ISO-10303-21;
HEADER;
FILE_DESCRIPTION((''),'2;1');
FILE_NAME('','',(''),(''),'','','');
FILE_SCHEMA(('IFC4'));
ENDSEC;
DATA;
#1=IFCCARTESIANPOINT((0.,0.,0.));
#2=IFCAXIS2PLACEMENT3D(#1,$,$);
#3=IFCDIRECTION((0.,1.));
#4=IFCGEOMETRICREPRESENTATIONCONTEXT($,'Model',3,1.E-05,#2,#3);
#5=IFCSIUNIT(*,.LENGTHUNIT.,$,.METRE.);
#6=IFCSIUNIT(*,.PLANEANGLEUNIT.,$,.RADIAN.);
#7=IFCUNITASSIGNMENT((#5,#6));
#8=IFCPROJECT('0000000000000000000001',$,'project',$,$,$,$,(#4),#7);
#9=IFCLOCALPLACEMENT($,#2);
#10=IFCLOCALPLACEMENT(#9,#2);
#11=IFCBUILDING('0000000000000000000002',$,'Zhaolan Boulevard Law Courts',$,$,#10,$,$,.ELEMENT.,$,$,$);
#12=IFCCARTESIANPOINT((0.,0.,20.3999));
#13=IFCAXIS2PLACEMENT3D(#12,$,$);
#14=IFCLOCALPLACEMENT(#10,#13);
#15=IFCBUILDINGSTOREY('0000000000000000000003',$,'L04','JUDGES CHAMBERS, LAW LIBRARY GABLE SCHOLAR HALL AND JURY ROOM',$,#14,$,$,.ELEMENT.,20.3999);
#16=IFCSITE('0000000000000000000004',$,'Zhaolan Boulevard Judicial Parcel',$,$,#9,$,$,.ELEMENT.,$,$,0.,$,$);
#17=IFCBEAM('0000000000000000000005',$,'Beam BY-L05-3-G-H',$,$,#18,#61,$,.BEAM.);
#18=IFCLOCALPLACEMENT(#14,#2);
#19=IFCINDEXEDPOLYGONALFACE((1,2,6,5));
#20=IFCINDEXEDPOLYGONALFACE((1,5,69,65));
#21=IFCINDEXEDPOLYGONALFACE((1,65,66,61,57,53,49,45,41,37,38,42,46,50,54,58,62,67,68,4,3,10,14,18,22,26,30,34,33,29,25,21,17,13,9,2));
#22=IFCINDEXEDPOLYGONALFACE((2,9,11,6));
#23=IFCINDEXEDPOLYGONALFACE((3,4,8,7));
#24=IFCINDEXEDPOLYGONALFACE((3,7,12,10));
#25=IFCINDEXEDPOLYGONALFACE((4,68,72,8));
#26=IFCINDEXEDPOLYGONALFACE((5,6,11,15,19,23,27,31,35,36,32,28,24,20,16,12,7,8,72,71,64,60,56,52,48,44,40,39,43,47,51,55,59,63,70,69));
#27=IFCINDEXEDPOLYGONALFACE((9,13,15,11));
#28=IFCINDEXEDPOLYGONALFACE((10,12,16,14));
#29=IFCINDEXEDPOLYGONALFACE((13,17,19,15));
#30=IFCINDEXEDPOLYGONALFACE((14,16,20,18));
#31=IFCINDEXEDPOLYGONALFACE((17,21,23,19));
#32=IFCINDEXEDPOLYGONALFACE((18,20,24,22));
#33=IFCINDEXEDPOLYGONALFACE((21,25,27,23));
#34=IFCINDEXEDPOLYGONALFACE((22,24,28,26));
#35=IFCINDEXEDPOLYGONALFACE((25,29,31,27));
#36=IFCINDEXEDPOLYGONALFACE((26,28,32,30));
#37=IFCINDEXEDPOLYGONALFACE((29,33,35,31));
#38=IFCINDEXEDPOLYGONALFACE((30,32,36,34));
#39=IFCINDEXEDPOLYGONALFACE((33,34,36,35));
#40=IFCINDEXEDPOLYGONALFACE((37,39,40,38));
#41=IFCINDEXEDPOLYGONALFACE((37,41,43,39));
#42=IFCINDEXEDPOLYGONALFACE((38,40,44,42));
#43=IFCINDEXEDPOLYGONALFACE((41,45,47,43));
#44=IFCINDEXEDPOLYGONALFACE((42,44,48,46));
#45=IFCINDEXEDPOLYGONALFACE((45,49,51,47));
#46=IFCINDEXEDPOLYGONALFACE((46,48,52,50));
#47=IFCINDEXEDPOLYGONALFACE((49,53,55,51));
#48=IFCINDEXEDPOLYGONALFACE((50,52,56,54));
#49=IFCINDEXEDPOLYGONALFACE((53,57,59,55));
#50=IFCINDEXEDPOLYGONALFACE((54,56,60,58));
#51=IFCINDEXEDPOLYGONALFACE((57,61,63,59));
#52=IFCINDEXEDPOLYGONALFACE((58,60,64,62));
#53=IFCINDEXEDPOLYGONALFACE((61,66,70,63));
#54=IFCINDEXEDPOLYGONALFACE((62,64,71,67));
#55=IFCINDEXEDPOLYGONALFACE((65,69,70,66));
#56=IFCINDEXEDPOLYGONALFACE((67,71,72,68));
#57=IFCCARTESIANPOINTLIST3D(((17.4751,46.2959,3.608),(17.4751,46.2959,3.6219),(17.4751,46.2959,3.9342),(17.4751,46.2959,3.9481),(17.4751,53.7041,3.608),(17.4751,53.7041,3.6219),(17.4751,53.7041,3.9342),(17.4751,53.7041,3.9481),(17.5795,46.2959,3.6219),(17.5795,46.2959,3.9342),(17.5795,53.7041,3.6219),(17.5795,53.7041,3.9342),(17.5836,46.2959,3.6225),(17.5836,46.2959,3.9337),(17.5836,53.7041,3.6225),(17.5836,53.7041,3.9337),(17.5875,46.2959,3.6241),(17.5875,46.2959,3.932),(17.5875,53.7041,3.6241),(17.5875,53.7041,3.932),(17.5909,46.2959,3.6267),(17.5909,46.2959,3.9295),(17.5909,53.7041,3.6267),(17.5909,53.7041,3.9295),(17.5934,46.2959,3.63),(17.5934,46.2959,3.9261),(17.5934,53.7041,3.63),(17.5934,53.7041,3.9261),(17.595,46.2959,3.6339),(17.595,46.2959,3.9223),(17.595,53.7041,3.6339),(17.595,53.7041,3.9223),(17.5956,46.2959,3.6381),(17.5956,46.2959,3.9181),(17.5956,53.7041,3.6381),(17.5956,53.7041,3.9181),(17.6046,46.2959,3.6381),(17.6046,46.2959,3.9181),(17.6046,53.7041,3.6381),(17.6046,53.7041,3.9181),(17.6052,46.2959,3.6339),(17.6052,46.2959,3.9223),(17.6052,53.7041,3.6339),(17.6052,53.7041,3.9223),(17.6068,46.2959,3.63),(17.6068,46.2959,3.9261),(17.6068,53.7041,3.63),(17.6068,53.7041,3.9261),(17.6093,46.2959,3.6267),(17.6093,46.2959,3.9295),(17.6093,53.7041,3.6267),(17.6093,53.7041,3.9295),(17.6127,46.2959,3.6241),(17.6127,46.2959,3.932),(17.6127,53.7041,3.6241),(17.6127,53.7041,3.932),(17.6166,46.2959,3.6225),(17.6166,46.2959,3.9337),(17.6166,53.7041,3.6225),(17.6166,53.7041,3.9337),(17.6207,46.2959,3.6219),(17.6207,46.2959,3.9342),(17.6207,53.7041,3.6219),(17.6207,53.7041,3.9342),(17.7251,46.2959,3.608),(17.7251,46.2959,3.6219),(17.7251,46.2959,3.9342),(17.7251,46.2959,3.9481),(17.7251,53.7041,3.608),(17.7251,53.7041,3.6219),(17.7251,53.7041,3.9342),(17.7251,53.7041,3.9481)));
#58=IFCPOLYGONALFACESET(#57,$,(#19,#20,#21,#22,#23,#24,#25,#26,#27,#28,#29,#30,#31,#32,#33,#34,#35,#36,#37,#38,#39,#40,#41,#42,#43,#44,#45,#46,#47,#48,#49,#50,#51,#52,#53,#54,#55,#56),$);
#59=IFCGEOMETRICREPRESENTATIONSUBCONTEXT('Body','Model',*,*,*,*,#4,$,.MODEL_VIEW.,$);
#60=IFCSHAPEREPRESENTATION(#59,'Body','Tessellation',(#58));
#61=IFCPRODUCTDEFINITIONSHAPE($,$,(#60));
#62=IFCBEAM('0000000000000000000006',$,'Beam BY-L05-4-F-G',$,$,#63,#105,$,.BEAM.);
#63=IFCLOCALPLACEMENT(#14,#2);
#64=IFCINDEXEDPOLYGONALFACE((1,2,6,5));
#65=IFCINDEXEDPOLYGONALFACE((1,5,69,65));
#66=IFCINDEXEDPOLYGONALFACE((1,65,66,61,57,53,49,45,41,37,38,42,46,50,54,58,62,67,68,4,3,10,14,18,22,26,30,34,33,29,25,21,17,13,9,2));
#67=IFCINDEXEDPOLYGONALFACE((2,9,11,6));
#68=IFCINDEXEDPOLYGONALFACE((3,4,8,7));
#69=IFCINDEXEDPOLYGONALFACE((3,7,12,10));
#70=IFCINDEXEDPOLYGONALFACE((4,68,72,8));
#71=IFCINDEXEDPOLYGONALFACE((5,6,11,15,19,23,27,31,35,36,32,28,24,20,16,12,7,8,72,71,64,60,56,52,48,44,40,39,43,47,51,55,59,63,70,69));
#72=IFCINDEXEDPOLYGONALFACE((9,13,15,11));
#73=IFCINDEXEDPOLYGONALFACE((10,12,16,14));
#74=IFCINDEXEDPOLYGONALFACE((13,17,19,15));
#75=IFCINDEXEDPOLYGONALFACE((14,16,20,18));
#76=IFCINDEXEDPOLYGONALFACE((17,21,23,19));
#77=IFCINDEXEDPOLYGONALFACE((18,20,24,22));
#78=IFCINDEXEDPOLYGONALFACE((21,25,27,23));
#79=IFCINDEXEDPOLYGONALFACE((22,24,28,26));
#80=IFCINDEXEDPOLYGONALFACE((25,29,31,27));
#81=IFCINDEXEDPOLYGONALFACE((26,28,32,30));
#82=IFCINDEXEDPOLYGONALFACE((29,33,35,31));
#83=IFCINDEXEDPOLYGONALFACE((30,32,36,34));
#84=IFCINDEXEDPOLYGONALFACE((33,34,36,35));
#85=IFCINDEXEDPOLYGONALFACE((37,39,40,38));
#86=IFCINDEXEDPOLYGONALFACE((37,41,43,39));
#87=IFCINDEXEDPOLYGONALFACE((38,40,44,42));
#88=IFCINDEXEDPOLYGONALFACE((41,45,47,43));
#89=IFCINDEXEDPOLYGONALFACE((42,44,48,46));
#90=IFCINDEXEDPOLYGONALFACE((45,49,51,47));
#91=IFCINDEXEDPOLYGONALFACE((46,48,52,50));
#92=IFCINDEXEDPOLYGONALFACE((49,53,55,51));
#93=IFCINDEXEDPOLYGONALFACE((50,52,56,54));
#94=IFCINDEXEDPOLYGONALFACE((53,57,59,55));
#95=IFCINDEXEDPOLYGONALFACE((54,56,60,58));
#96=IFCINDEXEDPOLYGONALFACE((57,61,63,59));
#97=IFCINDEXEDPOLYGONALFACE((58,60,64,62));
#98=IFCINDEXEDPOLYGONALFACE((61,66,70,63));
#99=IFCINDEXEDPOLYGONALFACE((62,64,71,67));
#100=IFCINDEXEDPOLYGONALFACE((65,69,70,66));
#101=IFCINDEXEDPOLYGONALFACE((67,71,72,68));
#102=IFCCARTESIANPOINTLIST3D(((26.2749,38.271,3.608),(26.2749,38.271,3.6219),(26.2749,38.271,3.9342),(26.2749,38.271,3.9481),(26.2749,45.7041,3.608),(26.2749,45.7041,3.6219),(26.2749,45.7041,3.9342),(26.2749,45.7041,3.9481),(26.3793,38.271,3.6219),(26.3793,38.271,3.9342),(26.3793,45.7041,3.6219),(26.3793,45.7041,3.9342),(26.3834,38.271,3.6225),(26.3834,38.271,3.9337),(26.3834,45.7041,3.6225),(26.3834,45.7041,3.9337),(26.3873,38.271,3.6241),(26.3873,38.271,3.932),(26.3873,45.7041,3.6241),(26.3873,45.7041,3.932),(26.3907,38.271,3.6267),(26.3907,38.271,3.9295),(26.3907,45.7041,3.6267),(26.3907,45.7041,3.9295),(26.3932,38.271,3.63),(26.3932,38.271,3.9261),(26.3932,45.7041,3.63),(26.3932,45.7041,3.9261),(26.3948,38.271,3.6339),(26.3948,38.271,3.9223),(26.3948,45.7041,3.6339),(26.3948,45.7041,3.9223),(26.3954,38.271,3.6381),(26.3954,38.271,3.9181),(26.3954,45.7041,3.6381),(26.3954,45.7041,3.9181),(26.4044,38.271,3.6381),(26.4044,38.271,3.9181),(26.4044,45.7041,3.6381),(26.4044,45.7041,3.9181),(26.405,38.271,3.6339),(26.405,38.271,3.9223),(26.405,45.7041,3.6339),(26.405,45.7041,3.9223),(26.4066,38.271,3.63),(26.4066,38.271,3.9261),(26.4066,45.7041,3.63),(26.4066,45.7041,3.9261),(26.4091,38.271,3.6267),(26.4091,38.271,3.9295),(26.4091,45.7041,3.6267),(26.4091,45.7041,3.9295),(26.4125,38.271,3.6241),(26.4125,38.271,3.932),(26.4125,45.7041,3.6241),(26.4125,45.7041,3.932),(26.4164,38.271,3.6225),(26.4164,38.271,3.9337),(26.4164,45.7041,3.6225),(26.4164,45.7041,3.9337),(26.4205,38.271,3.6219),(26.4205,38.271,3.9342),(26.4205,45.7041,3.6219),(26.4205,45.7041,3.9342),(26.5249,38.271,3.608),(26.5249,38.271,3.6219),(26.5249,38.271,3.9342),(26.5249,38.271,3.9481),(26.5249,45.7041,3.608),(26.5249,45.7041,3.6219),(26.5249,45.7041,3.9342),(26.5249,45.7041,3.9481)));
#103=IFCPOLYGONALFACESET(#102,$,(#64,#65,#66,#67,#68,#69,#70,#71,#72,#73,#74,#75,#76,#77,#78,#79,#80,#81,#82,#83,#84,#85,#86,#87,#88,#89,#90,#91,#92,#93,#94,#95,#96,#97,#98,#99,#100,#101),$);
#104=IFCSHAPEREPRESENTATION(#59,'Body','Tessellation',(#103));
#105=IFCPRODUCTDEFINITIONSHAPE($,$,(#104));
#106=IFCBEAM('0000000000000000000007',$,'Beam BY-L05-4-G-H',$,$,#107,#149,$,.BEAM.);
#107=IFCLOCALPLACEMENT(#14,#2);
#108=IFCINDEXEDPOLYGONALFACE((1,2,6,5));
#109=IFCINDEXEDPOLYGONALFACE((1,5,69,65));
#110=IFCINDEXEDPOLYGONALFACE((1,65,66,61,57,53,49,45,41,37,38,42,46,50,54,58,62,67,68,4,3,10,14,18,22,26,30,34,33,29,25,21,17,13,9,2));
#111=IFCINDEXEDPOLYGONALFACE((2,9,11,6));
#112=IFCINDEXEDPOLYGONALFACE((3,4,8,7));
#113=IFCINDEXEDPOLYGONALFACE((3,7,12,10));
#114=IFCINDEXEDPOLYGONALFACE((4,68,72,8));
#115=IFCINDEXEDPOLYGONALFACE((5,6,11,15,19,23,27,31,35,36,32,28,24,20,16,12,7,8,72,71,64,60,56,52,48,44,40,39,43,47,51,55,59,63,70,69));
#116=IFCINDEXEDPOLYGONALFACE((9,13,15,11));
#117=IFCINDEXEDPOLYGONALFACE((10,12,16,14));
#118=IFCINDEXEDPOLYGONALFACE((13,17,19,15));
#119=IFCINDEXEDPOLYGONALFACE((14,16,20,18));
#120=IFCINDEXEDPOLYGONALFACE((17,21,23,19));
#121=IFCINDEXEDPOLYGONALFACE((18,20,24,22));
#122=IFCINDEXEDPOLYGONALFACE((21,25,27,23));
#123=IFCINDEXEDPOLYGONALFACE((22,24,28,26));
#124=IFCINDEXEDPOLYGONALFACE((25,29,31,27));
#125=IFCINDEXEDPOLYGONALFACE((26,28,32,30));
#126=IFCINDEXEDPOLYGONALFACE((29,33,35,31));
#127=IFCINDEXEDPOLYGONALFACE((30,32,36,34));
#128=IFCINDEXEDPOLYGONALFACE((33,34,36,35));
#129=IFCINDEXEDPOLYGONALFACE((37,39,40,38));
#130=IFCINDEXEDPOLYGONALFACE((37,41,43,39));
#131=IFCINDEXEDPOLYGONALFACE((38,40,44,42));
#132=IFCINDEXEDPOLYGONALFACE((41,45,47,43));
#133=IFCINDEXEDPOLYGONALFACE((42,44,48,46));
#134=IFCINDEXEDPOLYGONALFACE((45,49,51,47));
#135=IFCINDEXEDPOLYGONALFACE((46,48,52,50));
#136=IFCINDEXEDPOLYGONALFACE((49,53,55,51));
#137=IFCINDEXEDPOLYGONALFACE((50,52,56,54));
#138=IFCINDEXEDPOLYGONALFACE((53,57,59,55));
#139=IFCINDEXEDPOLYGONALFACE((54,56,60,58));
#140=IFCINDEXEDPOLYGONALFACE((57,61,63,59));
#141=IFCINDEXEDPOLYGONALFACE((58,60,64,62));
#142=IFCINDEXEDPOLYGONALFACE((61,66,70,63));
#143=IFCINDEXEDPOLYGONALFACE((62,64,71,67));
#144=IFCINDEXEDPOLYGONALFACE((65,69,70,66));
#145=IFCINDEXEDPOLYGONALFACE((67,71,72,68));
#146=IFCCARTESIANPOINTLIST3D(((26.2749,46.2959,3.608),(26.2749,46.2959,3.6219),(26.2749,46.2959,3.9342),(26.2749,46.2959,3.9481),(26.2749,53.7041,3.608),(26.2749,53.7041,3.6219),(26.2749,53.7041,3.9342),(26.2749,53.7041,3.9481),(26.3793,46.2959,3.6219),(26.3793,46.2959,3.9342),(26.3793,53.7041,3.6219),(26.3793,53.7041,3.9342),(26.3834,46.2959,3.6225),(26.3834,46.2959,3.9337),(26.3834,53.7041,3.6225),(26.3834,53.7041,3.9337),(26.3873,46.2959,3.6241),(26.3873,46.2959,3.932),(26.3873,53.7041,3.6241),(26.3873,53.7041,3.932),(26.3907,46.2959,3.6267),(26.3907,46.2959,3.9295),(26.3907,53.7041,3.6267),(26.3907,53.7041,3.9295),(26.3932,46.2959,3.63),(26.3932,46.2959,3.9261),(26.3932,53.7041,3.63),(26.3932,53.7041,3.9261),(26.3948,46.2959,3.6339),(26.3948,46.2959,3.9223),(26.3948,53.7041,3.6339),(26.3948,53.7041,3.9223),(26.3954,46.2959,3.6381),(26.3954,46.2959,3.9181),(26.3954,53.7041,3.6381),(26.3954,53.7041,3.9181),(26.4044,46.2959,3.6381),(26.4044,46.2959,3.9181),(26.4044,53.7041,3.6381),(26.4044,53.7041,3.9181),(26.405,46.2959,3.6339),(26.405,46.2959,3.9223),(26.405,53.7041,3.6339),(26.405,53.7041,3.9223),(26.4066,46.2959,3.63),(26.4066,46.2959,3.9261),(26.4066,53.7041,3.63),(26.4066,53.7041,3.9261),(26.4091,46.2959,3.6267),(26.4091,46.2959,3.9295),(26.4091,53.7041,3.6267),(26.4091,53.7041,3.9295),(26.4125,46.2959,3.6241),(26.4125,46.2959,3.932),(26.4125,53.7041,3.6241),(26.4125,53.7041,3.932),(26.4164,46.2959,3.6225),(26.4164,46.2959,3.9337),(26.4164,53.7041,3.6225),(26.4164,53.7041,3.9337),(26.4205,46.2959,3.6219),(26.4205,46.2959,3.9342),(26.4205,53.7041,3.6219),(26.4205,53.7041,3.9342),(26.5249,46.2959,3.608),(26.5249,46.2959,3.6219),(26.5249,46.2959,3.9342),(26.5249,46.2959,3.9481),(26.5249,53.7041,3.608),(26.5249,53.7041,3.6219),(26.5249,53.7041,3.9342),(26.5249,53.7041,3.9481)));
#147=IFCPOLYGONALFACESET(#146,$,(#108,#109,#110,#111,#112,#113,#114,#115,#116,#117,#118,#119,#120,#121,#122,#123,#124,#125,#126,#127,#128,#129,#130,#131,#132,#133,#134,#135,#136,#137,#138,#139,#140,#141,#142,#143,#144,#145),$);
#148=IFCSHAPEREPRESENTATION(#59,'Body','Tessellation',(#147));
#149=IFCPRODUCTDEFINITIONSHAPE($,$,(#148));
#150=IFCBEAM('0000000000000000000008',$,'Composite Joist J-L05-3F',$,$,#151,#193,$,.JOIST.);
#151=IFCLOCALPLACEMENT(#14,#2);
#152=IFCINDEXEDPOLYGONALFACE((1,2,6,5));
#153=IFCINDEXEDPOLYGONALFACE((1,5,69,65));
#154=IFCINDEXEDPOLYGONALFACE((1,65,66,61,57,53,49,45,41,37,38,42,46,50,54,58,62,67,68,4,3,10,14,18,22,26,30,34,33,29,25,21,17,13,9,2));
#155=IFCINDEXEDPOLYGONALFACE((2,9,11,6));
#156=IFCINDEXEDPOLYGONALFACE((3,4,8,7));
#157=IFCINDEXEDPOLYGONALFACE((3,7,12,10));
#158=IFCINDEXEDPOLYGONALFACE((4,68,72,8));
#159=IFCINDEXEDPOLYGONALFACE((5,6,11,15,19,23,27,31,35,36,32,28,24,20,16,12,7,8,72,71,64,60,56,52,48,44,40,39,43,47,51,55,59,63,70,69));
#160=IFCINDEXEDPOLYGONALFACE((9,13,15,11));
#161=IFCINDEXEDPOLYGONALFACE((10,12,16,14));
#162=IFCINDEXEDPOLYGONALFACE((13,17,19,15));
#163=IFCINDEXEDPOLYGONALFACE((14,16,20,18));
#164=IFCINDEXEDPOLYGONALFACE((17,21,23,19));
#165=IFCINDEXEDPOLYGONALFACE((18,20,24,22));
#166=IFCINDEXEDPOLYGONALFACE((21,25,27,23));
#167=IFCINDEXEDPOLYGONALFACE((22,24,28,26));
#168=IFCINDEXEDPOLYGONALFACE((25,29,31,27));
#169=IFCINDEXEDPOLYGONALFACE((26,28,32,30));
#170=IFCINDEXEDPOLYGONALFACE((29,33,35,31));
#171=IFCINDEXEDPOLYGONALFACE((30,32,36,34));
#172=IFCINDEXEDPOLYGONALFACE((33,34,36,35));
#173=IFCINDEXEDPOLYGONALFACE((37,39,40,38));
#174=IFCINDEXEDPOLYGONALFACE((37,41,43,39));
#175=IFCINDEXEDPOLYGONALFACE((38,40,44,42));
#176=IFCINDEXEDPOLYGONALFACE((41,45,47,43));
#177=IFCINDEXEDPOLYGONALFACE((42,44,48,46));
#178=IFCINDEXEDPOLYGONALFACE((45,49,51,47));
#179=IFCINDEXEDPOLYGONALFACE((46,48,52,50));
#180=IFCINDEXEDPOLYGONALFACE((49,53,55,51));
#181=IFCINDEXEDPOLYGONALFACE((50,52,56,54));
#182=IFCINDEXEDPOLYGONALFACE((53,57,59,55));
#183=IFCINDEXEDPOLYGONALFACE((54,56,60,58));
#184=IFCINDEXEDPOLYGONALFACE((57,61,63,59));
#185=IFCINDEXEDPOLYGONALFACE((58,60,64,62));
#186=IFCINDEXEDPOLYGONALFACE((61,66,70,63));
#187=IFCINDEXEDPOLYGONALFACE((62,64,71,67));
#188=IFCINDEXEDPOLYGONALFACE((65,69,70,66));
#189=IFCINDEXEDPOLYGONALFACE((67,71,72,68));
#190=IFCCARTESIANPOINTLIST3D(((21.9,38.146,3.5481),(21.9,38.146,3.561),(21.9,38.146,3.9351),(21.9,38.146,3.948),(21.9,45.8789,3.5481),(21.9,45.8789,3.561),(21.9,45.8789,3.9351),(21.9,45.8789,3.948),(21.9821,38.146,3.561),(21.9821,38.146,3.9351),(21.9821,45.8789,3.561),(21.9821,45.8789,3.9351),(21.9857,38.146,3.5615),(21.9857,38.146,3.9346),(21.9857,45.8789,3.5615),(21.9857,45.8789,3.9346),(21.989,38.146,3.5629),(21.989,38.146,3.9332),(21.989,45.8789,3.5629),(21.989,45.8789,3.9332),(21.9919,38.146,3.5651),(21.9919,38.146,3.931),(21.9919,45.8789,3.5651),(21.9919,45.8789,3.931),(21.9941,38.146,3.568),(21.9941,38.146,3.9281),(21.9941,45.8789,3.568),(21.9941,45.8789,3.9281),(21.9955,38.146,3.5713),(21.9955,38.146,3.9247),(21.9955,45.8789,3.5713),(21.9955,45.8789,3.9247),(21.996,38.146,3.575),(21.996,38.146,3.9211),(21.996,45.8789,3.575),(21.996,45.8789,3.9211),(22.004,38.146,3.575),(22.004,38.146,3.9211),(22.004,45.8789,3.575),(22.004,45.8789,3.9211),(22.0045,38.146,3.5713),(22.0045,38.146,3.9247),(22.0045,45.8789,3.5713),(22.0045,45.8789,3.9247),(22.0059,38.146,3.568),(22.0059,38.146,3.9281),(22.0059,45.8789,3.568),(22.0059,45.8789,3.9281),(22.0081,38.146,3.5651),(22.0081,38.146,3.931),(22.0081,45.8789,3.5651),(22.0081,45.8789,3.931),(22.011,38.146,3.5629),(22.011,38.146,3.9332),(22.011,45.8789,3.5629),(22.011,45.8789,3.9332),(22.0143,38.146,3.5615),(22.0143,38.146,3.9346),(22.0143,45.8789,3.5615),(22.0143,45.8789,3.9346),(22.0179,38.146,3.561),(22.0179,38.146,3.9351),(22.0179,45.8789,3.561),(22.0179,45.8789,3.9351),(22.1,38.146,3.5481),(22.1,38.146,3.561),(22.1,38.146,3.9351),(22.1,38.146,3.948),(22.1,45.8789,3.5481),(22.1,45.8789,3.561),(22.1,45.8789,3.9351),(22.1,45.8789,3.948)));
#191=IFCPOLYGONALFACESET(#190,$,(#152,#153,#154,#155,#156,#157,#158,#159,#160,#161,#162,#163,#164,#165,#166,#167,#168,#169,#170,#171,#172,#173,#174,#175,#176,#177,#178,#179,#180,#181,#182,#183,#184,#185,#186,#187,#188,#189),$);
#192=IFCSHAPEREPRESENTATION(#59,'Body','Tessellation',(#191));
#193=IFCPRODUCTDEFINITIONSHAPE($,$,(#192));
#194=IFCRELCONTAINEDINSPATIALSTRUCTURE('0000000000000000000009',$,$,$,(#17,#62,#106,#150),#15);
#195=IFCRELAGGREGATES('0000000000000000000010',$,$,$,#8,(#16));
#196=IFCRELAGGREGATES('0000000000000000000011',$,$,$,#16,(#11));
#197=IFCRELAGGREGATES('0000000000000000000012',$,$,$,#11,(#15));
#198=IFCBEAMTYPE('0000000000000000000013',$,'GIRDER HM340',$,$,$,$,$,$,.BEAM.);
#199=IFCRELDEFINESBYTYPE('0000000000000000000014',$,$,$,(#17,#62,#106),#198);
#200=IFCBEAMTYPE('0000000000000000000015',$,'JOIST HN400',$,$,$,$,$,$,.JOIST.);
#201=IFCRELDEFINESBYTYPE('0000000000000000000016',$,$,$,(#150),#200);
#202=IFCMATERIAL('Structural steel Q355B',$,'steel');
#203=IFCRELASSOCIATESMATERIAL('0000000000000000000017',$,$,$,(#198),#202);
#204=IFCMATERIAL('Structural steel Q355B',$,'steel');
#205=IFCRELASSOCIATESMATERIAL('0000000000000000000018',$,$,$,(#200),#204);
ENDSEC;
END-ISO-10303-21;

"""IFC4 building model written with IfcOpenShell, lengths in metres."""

from ifc_helpers import new_model, si_unit, direction, frame, origin, origin_2d, place, context, subcontext, project, spatial, i_section, extrude, material, material_profile, profile_set, type_object, element, save


model = new_model("IFC4")

# Units and contexts
model_context = context("Model", 3, precision=1e-05, world=origin(), true_north=direction((0.0, 1.0)))
body_context = subcontext(model_context, "Body", "Model", "MODEL_VIEW")
ifc_project = project(units=[si_unit("LENGTHUNIT", "METRE"), si_unit("PLANEANGLEUNIT", "RADIAN")], contexts=[model_context])

# Site, building, storey
site_placement = place(None, origin())
site = spatial("IfcSite", under=ifc_project, at=site_placement, Name="Zhaolan Boulevard Judicial Parcel", CompositionType="ELEMENT", RefElevation=0.0)
building_placement = place(site_placement, origin())
building = spatial("IfcBuilding", under=site, at=building_placement, Name="Zhaolan Boulevard Law Courts", CompositionType="ELEMENT")
storey_placement = place(building_placement, frame((0.0, 0.0, 20.3999)))
storey = spatial("IfcBuildingStorey", under=building, at=storey_placement, Name="L04", Description="JUDGES CHAMBERS, LAW LIBRARY GABLE SCHOLAR HALL AND JURY ROOM", CompositionType="ELEMENT", Elevation=20.3999)

# Beams
ifc_material_1 = material(Name="Structural steel Q355B", Category="steel")
ifc_material_profile_1 = material_profile(ifc_material_1, i_section(OverallWidth=0.25, OverallDepth=0.3401, WebThickness=0.009, FlangeThickness=0.0139, FilletRadius=0.0161, at=origin_2d()), Name="HM340x250")
ifc_profile_set_1 = profile_set([ifc_material_profile_1], Name="Structural steel Q355B")
beam_type_1 = type_object("IfcBeamType", Name="GIRDER HM340", PredefinedType="BEAM", material=ifc_profile_set_1)
beam_1_placement = place(storey_placement, frame((17.6001, 46.2959, 3.7781), z_axis=(0.0, 1.0, 0.0), x_axis=(-1.0, 0.0, 0.0)))
element("IfcBeam", 1, at=beam_1_placement, inside=storey, type_object=beam_type_1, Name="Beam BY-L05-3-G-H", PredefinedType="BEAM", context=body_context, shape_type="SweptSolid", body=[
    extrude(i_section(OverallWidth=0.25, OverallDepth=0.3401, WebThickness=0.009, FlangeThickness=0.0139, FilletRadius=0.0161, at=origin_2d()), origin(), (0.0, 0.0, 1.0), 7.4082),
])
beam_2_placement = place(storey_placement, frame((26.3999, 38.271, 3.7781), z_axis=(0.0, 1.0, 0.0), x_axis=(-1.0, 0.0, 0.0)))
element("IfcBeam", 2, at=beam_2_placement, inside=storey, type_object=beam_type_1, Name="Beam BY-L05-4-F-G", PredefinedType="BEAM", context=body_context, shape_type="SweptSolid", body=[
    extrude(i_section(OverallWidth=0.25, OverallDepth=0.3401, WebThickness=0.009, FlangeThickness=0.0139, FilletRadius=0.0161, at=origin_2d()), origin(), (0.0, 0.0, 1.0), 7.4331),
])
beam_3_placement = place(storey_placement, frame((26.3999, 46.2959, 3.7781), z_axis=(0.0, 1.0, 0.0), x_axis=(-1.0, 0.0, 0.0)))
element("IfcBeam", 3, at=beam_3_placement, inside=storey, type_object=beam_type_1, Name="Beam BY-L05-4-G-H", PredefinedType="BEAM", context=body_context, shape_type="SweptSolid", body=[
    extrude(i_section(OverallWidth=0.25, OverallDepth=0.3401, WebThickness=0.009, FlangeThickness=0.0139, FilletRadius=0.0161, at=origin_2d()), origin(), (0.0, 0.0, 1.0), 7.4082),
])
ifc_material_2 = material(Name="Structural steel Q355B", Category="steel")
ifc_material_profile_2 = material_profile(ifc_material_2, i_section(OverallWidth=0.2, OverallDepth=0.3999, WebThickness=0.0081, FlangeThickness=0.0129, FilletRadius=0.0139, at=origin_2d()), Name="HN400x200")
ifc_profile_set_2 = profile_set([ifc_material_profile_2], Name="Structural steel Q355B")
beam_type_2 = type_object("IfcBeamType", Name="JOIST HN400", PredefinedType="JOIST", material=ifc_profile_set_2)
beam_4_placement = place(storey_placement, frame((22.0, 38.146, 3.748), z_axis=(0.0, 1.0, 0.0), x_axis=(-1.0, 0.0, 0.0)))
element("IfcBeam", 4, at=beam_4_placement, inside=storey, type_object=beam_type_2, Name="Composite Joist J-L05-3F", PredefinedType="JOIST", context=body_context, shape_type="SweptSolid", body=[
    extrude(i_section(OverallWidth=0.2, OverallDepth=0.3999, WebThickness=0.0081, FlangeThickness=0.0129, FilletRadius=0.0139, at=origin_2d()), origin(), (0.0, 0.0, 1.0), 7.7329),
])

save(model, "model.ifc")
